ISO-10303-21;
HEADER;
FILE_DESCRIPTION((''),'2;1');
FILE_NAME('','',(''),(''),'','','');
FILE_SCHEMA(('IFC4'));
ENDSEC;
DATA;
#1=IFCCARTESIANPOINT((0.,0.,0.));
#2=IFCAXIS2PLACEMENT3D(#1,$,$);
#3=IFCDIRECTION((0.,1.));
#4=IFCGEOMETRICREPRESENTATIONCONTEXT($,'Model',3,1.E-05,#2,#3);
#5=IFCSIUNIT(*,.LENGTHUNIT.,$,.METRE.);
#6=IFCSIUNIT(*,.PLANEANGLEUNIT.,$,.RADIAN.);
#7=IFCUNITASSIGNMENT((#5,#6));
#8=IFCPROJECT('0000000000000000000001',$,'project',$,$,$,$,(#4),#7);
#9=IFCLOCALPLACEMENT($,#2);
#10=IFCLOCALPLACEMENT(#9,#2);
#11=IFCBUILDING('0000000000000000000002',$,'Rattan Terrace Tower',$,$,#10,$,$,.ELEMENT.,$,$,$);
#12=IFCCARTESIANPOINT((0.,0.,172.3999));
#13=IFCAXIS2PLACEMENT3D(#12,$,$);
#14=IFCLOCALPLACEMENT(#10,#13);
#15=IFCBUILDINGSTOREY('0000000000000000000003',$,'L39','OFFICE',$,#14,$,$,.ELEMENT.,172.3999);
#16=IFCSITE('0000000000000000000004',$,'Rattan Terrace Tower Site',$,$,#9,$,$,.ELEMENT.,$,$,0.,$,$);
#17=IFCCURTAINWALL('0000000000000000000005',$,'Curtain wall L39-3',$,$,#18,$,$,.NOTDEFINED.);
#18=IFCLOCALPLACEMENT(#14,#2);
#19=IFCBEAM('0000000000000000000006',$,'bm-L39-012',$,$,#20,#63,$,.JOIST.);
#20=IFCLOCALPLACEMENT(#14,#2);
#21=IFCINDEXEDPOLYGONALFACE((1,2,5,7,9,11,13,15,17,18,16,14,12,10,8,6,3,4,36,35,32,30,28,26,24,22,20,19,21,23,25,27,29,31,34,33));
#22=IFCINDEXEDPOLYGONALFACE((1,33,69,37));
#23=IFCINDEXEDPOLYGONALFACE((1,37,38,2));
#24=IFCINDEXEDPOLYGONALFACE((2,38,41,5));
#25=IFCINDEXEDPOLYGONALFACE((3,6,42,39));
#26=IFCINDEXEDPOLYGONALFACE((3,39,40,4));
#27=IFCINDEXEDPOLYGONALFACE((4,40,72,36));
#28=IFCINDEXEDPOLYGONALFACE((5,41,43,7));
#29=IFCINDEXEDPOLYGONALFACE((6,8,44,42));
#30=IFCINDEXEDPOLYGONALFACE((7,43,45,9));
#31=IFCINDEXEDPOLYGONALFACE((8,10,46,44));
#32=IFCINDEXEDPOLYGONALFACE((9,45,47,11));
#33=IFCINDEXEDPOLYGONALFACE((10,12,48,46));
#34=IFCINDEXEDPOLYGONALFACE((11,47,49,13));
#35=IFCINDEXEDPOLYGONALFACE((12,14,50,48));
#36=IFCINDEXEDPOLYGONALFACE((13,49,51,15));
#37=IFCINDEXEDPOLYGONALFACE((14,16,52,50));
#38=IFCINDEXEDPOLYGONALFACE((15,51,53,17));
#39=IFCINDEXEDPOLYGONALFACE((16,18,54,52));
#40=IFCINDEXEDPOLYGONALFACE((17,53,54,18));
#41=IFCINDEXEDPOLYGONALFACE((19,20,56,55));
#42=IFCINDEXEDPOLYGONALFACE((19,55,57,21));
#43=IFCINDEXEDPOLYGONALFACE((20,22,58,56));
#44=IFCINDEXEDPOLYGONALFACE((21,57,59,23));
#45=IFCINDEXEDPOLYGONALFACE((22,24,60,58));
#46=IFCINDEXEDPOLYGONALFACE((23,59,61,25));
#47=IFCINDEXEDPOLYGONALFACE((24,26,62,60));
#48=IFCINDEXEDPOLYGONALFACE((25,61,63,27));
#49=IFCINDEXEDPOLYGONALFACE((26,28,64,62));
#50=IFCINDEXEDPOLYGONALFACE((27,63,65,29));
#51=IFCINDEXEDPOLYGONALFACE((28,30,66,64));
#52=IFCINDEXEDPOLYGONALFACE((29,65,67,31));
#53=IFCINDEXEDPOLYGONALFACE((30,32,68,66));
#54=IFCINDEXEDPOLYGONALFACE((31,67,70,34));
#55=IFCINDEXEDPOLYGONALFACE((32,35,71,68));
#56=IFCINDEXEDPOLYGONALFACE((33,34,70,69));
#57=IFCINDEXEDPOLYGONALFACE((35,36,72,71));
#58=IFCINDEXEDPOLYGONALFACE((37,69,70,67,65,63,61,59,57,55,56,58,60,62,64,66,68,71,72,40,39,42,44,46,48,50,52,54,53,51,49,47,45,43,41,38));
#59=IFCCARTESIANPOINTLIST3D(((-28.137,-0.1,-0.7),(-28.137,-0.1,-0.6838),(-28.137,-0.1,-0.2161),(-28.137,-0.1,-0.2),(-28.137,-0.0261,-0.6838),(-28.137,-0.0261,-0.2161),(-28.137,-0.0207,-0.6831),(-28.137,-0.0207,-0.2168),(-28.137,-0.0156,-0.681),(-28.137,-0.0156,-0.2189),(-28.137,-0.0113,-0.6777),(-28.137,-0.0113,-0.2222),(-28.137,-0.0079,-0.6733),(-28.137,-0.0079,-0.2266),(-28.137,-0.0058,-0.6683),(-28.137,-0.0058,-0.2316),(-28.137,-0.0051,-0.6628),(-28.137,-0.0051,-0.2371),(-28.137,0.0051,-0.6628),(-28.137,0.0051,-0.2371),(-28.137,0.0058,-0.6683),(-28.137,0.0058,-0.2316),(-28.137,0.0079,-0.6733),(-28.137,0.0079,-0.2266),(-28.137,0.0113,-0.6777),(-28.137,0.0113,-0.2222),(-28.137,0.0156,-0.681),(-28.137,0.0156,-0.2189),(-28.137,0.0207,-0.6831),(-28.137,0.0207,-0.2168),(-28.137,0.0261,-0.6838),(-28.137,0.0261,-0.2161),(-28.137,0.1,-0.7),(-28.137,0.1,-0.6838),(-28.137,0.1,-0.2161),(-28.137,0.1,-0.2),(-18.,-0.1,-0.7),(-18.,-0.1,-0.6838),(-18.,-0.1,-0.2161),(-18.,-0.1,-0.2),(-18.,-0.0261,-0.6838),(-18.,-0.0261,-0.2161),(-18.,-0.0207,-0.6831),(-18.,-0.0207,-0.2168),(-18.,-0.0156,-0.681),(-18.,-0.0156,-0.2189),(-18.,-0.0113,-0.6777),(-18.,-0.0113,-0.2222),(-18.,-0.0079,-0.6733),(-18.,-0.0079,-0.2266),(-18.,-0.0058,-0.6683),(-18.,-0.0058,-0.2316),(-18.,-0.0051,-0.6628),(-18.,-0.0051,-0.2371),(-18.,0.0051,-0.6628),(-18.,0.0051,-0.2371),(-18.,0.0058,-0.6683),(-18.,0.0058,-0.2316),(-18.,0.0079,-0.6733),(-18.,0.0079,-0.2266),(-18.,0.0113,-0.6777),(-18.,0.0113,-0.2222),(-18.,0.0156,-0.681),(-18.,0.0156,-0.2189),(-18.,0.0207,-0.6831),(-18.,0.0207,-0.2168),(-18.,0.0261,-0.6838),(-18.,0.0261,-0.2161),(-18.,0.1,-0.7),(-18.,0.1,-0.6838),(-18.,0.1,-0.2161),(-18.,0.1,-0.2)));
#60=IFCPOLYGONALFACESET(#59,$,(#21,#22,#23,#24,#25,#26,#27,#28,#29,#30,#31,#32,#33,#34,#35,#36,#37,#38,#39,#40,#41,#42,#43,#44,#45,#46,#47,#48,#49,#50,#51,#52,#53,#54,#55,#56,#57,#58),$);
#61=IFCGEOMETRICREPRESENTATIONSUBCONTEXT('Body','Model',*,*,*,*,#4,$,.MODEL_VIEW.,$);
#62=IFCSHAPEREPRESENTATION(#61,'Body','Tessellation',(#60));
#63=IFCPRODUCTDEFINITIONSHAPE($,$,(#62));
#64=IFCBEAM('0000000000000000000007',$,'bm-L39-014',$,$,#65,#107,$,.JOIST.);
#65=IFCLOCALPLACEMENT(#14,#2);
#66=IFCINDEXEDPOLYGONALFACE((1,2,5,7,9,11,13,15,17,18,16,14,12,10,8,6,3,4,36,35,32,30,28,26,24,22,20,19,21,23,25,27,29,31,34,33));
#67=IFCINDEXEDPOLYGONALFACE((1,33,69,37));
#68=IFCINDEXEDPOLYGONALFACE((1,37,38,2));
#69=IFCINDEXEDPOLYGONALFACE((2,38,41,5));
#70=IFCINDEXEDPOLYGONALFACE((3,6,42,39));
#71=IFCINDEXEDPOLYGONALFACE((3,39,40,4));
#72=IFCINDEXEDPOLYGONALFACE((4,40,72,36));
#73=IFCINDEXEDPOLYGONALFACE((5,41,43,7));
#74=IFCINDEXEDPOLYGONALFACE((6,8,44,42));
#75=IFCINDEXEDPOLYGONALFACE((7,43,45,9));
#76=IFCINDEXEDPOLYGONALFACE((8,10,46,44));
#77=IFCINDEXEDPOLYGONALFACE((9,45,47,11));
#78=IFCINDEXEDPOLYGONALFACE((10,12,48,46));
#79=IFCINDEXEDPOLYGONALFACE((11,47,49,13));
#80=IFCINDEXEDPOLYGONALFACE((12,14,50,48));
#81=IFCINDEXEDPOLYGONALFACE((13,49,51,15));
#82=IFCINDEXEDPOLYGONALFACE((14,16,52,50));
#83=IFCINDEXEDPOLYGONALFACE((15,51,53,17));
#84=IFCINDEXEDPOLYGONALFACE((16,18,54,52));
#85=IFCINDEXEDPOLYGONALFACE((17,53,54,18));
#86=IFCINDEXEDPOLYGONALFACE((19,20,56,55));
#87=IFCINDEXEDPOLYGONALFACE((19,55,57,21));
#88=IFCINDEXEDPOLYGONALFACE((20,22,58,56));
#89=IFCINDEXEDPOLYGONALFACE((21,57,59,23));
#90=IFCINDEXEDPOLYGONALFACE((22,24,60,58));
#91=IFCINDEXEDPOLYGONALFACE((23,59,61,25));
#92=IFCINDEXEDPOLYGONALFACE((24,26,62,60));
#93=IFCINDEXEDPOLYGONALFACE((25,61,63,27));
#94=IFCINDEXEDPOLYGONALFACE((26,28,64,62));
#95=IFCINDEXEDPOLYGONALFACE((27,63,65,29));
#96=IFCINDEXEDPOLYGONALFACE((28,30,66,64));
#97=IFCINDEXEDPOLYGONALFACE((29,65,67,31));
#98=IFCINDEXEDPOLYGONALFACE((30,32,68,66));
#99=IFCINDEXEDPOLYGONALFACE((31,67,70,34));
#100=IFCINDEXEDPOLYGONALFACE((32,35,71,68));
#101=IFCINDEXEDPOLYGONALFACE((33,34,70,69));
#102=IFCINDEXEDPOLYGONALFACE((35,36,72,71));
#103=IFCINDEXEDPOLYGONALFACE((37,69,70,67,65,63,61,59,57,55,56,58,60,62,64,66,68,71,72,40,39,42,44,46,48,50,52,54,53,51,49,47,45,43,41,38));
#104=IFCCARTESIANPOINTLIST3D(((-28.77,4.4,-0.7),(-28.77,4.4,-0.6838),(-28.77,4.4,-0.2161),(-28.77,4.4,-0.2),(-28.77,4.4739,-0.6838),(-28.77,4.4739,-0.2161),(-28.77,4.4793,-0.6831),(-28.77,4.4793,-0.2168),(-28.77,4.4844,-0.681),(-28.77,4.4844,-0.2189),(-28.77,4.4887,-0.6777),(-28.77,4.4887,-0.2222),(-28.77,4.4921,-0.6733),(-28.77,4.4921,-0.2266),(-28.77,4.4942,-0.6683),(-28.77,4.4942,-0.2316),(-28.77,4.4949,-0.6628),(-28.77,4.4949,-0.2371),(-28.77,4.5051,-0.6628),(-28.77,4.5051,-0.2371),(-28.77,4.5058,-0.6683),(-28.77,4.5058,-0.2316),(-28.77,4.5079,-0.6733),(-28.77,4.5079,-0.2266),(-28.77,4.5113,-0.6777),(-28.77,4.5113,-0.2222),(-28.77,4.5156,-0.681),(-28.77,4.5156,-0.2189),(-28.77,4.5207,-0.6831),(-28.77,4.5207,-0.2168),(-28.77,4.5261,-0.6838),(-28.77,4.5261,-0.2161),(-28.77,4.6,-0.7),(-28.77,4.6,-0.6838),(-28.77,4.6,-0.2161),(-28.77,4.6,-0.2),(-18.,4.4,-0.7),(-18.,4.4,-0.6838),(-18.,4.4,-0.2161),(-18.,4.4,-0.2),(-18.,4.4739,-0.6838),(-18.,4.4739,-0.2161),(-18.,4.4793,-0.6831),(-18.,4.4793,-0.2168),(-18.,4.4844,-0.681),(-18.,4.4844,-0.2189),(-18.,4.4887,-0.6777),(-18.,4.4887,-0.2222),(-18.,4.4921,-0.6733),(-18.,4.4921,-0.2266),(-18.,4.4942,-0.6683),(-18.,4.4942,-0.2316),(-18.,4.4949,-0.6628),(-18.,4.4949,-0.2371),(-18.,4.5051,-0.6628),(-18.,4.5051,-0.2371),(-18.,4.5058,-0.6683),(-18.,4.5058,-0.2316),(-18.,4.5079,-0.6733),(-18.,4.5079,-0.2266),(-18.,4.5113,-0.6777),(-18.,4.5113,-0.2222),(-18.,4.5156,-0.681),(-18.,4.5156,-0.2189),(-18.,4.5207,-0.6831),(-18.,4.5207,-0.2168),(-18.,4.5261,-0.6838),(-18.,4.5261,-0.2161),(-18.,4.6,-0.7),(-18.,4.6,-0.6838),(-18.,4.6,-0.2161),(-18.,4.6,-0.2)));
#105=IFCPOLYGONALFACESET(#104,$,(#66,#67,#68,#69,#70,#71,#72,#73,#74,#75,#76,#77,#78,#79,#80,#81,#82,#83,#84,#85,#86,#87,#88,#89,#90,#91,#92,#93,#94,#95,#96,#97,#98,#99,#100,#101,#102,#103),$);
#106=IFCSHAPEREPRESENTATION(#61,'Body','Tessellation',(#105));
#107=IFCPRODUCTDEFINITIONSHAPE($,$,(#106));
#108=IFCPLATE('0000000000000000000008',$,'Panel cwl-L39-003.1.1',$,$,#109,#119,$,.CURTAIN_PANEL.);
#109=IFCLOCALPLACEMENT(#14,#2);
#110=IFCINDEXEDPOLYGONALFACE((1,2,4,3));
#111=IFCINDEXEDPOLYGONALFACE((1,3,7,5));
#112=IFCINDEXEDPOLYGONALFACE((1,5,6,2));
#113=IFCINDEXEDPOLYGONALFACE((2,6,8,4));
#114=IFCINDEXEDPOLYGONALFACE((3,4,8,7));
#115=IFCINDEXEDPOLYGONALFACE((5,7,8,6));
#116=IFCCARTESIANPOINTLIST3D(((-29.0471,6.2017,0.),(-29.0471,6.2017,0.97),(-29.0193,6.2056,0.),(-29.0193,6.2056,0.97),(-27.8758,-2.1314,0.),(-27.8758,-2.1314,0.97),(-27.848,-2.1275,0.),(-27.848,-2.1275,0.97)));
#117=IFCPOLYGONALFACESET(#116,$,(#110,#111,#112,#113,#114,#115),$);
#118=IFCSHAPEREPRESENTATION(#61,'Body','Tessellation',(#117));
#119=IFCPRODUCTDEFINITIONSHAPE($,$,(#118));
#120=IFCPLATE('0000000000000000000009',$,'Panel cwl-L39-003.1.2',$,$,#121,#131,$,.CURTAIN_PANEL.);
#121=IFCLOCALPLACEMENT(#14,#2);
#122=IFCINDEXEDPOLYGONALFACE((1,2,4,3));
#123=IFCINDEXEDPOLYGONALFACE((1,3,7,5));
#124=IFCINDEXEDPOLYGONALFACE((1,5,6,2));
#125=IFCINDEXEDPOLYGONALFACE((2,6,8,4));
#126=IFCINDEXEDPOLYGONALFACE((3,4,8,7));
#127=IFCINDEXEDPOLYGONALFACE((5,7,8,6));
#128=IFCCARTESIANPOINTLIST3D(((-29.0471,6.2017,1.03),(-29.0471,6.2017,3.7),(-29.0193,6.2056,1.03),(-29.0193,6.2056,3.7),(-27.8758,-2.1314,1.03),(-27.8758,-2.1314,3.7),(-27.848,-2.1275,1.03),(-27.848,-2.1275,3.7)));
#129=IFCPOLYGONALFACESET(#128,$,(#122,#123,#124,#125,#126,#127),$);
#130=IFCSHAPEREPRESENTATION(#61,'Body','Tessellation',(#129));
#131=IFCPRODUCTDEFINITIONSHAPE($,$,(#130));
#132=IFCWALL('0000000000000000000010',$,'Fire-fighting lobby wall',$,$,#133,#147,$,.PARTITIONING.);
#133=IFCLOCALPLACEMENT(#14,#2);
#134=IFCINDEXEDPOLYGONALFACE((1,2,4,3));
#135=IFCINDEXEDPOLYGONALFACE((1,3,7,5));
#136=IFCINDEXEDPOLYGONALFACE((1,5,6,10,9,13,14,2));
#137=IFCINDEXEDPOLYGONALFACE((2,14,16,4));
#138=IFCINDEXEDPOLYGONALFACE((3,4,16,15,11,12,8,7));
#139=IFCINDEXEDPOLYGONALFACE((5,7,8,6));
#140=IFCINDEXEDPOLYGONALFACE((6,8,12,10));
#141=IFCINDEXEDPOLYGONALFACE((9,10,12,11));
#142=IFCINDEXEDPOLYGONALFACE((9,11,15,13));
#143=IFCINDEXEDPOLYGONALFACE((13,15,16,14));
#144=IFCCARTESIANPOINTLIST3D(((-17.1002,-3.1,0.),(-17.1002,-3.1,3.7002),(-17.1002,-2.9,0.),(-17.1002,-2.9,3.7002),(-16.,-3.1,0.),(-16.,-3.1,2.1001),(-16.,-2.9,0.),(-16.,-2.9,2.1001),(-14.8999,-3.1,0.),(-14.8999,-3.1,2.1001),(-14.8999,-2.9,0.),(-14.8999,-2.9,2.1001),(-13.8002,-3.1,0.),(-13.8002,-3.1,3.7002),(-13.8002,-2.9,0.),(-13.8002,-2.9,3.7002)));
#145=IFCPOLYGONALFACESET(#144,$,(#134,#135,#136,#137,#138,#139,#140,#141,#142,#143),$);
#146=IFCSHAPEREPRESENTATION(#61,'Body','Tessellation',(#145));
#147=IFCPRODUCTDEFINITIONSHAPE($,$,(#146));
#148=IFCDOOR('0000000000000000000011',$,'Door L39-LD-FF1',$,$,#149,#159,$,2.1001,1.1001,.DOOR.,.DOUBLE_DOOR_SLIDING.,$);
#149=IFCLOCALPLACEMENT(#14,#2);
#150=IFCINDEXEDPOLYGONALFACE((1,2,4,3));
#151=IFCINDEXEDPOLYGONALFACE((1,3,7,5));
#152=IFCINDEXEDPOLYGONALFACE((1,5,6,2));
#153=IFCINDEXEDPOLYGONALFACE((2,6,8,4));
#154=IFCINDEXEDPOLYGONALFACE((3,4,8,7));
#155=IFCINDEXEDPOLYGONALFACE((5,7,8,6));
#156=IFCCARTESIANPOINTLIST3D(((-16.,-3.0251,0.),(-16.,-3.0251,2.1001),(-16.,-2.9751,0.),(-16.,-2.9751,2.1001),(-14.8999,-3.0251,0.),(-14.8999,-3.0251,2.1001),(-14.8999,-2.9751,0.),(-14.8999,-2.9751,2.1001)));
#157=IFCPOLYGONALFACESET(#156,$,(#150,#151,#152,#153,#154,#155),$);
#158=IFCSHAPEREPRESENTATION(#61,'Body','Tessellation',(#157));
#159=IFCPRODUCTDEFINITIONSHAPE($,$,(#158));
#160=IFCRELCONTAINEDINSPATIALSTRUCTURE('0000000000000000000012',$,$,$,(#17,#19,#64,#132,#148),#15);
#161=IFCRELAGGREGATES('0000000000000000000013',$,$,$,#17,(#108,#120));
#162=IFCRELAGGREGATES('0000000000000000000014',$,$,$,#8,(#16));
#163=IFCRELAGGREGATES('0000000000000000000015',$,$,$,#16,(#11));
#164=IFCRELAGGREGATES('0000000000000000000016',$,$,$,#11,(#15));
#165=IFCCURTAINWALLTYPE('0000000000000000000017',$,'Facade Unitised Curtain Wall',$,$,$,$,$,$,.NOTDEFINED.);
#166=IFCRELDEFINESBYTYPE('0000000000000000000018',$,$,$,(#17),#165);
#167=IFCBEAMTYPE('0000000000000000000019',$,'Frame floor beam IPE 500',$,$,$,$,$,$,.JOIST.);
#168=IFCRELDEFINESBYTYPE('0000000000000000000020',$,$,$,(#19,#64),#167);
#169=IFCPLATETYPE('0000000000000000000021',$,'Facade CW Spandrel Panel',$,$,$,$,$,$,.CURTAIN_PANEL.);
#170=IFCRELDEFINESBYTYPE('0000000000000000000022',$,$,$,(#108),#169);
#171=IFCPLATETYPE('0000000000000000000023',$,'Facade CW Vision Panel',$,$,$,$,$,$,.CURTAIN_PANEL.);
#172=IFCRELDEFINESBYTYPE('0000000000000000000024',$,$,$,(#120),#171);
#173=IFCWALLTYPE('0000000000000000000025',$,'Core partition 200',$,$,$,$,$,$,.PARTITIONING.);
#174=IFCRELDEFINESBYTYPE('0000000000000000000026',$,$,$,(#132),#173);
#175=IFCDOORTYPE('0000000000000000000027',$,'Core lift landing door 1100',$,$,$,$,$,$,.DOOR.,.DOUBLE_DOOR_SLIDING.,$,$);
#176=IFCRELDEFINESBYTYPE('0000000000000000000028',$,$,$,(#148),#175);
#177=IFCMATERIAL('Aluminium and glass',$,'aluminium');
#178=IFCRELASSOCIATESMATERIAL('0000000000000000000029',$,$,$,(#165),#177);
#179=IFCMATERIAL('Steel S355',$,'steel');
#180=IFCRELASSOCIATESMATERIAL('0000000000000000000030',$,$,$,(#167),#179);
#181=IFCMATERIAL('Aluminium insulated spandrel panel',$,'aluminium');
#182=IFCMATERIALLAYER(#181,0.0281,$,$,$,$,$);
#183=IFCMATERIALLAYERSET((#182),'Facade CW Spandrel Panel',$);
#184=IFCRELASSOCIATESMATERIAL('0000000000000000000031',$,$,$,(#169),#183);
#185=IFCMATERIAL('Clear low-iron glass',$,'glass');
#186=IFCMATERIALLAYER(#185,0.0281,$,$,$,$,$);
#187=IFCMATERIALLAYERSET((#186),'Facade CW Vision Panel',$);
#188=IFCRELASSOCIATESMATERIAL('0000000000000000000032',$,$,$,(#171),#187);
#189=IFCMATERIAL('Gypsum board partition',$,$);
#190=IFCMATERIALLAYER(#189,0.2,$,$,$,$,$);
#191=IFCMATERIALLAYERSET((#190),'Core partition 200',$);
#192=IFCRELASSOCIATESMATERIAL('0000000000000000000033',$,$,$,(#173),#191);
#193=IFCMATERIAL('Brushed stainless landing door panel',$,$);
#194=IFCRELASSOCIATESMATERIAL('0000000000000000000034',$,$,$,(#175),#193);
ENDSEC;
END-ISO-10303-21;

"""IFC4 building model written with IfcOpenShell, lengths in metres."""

from ifc_helpers import new_model, si_unit, direction, frame, frame_2d, origin, origin_2d, place, context, subcontext, project, spatial, rectangle, i_section, extrude, material, layer, layer_set, material_profile, profile_set, type_object, element, fill, aggregate, save


model = new_model("IFC4")

# Units and contexts
model_context = context("Model", 3, precision=1e-05, world=origin(), true_north=direction((0.0, 1.0)))
body_context = subcontext(model_context, "Body", "Model", "MODEL_VIEW")
ifc_project = project(units=[si_unit("LENGTHUNIT", "METRE"), si_unit("PLANEANGLEUNIT", "RADIAN")], contexts=[model_context])

# Site, building, storey
site_placement = place(None, origin())
site = spatial("IfcSite", under=ifc_project, at=site_placement, Name="Rattan Terrace Tower Site", CompositionType="ELEMENT", RefElevation=0.0)
building_placement = place(site_placement, origin())
building = spatial("IfcBuilding", under=site, at=building_placement, Name="Rattan Terrace Tower", CompositionType="ELEMENT")
storey_placement = place(building_placement, frame((0.0, 0.0, 172.3999)))
storey = spatial("IfcBuildingStorey", under=building, at=storey_placement, Name="L39", Description="OFFICE", CompositionType="ELEMENT", Elevation=172.3999)

# Curtain wall
ifc_material_1 = material(Name="Aluminium and glass", Category="aluminium")
curtain_wall_type = type_object("IfcCurtainWallType", Name="Facade Unitised Curtain Wall", PredefinedType="NOTDEFINED", material=ifc_material_1)
curtain_wall_placement = place(storey_placement, origin())
curtain_wall = element("IfcCurtainWall", 1, at=curtain_wall_placement, inside=storey, type_object=curtain_wall_type, Name="Curtain wall L39-3", PredefinedType="NOTDEFINED")

# Beams
ifc_material_2 = material(Name="Steel S355", Category="steel")
ifc_material_profile_1 = material_profile(ifc_material_2, i_section(OverallWidth=0.2, OverallDepth=0.5, WebThickness=0.0103, FlangeThickness=0.0161, FilletRadius=0.021, at=origin_2d()), Name="IPE 500")
ifc_profile_set_1 = profile_set([ifc_material_profile_1], Name="Steel S355")
beam_type_1 = type_object("IfcBeamType", Name="Frame floor beam IPE 500", PredefinedType="JOIST", material=ifc_profile_set_1)
beam_1_placement = place(storey_placement, frame((-28.137, 0.0, -0.45), z_axis=(1.0, 0.0, 0.0), x_axis=(0.0, 1.0, 0.0)))
element("IfcBeam", 2, at=beam_1_placement, inside=storey, type_object=beam_type_1, Name="bm-L39-012", PredefinedType="JOIST", context=body_context, shape_type="SweptSolid", body=[
    extrude(i_section(OverallWidth=0.2, OverallDepth=0.5, WebThickness=0.0103, FlangeThickness=0.0161, FilletRadius=0.021, at=origin_2d()), origin(), (0.0, 0.0, 1.0), 10.137),
])
beam_2_placement = place(storey_placement, frame((-28.77, 4.5, -0.45), z_axis=(1.0, 0.0, 0.0), x_axis=(0.0, 1.0, 0.0)))
element("IfcBeam", 3, at=beam_2_placement, inside=storey, type_object=beam_type_1, Name="bm-L39-014", PredefinedType="JOIST", context=body_context, shape_type="SweptSolid", body=[
    extrude(i_section(OverallWidth=0.2, OverallDepth=0.5, WebThickness=0.0103, FlangeThickness=0.0161, FilletRadius=0.021, at=origin_2d()), origin(), (0.0, 0.0, 1.0), 10.77),
])

# Plates
ifc_material_3 = material(Name="Aluminium insulated spandrel panel", Category="aluminium")
ifc_layer_1 = layer(ifc_material_3, 0.0281)
ifc_layer_set_1 = layer_set([ifc_layer_1], Name="Facade CW Spandrel Panel")
plate_type_1 = type_object("IfcPlateType", Name="Facade CW Spandrel Panel", PredefinedType="CURTAIN_PANEL", material=ifc_layer_set_1)
plate_1_placement = place(storey_placement, frame((-28.4475, 2.0371, 0.0), z_axis=(0.0, 0.0, 1.0), x_axis=(0.139191, -0.990266, 0.0)))
plate_1 = element("IfcPlate", 4, at=plate_1_placement, type_object=plate_type_1, Name="Panel cwl-L39-003.1.1", PredefinedType="CURTAIN_PANEL", context=body_context, shape_type="SweptSolid", body=[
    extrude(rectangle(XDim=8.415, YDim=0.0281, at=origin_2d()), origin(), (0.0, 0.0, 1.0), 0.97),
])
ifc_material_4 = material(Name="Clear low-iron glass", Category="glass")
ifc_layer_2 = layer(ifc_material_4, 0.0281)
ifc_layer_set_2 = layer_set([ifc_layer_2], Name="Facade CW Vision Panel")
plate_type_2 = type_object("IfcPlateType", Name="Facade CW Vision Panel", PredefinedType="CURTAIN_PANEL", material=ifc_layer_set_2)
plate_2_placement = place(storey_placement, frame((-28.4475, 2.0371, 1.03), z_axis=(0.0, 0.0, 1.0), x_axis=(0.139191, -0.990266, 0.0)))
plate_2 = element("IfcPlate", 5, at=plate_2_placement, type_object=plate_type_2, Name="Panel cwl-L39-003.1.2", PredefinedType="CURTAIN_PANEL", context=body_context, shape_type="SweptSolid", body=[
    extrude(rectangle(XDim=8.415, YDim=0.0281, at=origin_2d()), origin(), (0.0, 0.0, 1.0), 2.6699),
])
aggregate(curtain_wall, [plate_1, plate_2])

# Wall, opening, door
ifc_material_5 = material(Name="Gypsum board partition")
ifc_layer_3 = layer(ifc_material_5, 0.2)
ifc_layer_set_3 = layer_set([ifc_layer_3], Name="Core partition 200")
wall_type_1 = type_object("IfcWallType", Name="Core partition 200", PredefinedType="PARTITIONING", material=ifc_layer_set_3)
wall_1_placement = place(storey_placement, frame((-17.1001, -3.0, 0.0), z_axis=(0.0, 0.0, 1.0), x_axis=(1.0, 0.0, 0.0)))
wall_1 = element("IfcWall", 6, at=wall_1_placement, inside=storey, type_object=wall_type_1, Name="Fire-fighting lobby wall", PredefinedType="PARTITIONING", context=body_context, shape_type="SweptSolid", body=[
    extrude(rectangle(XDim=3.3, YDim=0.2, at=frame_2d((1.6499, 0.0))), origin(), (0.0, 0.0, 1.0), 3.7002),
])
opening_1_placement = place(wall_1_placement, frame((1.1001, 0.0, 0.0)))
opening_1 = element("IfcOpeningElement", 7, at=opening_1_placement, cuts=wall_1, PredefinedType="OPENING", context=body_context, shape_type="SweptSolid", body=[
    extrude(rectangle(XDim=1.1001, YDim=2.1001, at=frame_2d((0.55, 1.05))), frame((0.0, 0.1106, 0.0), z_axis=(0.0, -1.0, 0.0), x_axis=(1.0, 0.0, 0.0)), (0.0, 0.0, 1.0), 0.2209),
])
ifc_material_6 = material(Name="Brushed stainless landing door panel")
door_type_1 = type_object("IfcDoorType", Name="Core lift landing door 1100", OperationType="DOUBLE_DOOR_SLIDING", PredefinedType="DOOR", material=ifc_material_6)
door_1_placement = place(opening_1_placement, origin())
door_1 = element("IfcDoor", 8, at=door_1_placement, inside=storey, type_object=door_type_1, Name="Door L39-LD-FF1", OperationType="DOUBLE_DOOR_SLIDING", OverallHeight=2.1001, OverallWidth=1.1001, PredefinedType="DOOR", context=body_context, shape_type="SweptSolid", body=[
    extrude(rectangle(XDim=1.1001, YDim=2.1001, at=frame_2d((0.55, 1.05))), frame((0.0, 0.0249, 0.0), z_axis=(0.0, -1.0, 0.0), x_axis=(1.0, 0.0, 0.0)), (0.0, 0.0, 1.0), 0.05),
])
fill(opening_1, door_1)

save(model, "model.ifc")
